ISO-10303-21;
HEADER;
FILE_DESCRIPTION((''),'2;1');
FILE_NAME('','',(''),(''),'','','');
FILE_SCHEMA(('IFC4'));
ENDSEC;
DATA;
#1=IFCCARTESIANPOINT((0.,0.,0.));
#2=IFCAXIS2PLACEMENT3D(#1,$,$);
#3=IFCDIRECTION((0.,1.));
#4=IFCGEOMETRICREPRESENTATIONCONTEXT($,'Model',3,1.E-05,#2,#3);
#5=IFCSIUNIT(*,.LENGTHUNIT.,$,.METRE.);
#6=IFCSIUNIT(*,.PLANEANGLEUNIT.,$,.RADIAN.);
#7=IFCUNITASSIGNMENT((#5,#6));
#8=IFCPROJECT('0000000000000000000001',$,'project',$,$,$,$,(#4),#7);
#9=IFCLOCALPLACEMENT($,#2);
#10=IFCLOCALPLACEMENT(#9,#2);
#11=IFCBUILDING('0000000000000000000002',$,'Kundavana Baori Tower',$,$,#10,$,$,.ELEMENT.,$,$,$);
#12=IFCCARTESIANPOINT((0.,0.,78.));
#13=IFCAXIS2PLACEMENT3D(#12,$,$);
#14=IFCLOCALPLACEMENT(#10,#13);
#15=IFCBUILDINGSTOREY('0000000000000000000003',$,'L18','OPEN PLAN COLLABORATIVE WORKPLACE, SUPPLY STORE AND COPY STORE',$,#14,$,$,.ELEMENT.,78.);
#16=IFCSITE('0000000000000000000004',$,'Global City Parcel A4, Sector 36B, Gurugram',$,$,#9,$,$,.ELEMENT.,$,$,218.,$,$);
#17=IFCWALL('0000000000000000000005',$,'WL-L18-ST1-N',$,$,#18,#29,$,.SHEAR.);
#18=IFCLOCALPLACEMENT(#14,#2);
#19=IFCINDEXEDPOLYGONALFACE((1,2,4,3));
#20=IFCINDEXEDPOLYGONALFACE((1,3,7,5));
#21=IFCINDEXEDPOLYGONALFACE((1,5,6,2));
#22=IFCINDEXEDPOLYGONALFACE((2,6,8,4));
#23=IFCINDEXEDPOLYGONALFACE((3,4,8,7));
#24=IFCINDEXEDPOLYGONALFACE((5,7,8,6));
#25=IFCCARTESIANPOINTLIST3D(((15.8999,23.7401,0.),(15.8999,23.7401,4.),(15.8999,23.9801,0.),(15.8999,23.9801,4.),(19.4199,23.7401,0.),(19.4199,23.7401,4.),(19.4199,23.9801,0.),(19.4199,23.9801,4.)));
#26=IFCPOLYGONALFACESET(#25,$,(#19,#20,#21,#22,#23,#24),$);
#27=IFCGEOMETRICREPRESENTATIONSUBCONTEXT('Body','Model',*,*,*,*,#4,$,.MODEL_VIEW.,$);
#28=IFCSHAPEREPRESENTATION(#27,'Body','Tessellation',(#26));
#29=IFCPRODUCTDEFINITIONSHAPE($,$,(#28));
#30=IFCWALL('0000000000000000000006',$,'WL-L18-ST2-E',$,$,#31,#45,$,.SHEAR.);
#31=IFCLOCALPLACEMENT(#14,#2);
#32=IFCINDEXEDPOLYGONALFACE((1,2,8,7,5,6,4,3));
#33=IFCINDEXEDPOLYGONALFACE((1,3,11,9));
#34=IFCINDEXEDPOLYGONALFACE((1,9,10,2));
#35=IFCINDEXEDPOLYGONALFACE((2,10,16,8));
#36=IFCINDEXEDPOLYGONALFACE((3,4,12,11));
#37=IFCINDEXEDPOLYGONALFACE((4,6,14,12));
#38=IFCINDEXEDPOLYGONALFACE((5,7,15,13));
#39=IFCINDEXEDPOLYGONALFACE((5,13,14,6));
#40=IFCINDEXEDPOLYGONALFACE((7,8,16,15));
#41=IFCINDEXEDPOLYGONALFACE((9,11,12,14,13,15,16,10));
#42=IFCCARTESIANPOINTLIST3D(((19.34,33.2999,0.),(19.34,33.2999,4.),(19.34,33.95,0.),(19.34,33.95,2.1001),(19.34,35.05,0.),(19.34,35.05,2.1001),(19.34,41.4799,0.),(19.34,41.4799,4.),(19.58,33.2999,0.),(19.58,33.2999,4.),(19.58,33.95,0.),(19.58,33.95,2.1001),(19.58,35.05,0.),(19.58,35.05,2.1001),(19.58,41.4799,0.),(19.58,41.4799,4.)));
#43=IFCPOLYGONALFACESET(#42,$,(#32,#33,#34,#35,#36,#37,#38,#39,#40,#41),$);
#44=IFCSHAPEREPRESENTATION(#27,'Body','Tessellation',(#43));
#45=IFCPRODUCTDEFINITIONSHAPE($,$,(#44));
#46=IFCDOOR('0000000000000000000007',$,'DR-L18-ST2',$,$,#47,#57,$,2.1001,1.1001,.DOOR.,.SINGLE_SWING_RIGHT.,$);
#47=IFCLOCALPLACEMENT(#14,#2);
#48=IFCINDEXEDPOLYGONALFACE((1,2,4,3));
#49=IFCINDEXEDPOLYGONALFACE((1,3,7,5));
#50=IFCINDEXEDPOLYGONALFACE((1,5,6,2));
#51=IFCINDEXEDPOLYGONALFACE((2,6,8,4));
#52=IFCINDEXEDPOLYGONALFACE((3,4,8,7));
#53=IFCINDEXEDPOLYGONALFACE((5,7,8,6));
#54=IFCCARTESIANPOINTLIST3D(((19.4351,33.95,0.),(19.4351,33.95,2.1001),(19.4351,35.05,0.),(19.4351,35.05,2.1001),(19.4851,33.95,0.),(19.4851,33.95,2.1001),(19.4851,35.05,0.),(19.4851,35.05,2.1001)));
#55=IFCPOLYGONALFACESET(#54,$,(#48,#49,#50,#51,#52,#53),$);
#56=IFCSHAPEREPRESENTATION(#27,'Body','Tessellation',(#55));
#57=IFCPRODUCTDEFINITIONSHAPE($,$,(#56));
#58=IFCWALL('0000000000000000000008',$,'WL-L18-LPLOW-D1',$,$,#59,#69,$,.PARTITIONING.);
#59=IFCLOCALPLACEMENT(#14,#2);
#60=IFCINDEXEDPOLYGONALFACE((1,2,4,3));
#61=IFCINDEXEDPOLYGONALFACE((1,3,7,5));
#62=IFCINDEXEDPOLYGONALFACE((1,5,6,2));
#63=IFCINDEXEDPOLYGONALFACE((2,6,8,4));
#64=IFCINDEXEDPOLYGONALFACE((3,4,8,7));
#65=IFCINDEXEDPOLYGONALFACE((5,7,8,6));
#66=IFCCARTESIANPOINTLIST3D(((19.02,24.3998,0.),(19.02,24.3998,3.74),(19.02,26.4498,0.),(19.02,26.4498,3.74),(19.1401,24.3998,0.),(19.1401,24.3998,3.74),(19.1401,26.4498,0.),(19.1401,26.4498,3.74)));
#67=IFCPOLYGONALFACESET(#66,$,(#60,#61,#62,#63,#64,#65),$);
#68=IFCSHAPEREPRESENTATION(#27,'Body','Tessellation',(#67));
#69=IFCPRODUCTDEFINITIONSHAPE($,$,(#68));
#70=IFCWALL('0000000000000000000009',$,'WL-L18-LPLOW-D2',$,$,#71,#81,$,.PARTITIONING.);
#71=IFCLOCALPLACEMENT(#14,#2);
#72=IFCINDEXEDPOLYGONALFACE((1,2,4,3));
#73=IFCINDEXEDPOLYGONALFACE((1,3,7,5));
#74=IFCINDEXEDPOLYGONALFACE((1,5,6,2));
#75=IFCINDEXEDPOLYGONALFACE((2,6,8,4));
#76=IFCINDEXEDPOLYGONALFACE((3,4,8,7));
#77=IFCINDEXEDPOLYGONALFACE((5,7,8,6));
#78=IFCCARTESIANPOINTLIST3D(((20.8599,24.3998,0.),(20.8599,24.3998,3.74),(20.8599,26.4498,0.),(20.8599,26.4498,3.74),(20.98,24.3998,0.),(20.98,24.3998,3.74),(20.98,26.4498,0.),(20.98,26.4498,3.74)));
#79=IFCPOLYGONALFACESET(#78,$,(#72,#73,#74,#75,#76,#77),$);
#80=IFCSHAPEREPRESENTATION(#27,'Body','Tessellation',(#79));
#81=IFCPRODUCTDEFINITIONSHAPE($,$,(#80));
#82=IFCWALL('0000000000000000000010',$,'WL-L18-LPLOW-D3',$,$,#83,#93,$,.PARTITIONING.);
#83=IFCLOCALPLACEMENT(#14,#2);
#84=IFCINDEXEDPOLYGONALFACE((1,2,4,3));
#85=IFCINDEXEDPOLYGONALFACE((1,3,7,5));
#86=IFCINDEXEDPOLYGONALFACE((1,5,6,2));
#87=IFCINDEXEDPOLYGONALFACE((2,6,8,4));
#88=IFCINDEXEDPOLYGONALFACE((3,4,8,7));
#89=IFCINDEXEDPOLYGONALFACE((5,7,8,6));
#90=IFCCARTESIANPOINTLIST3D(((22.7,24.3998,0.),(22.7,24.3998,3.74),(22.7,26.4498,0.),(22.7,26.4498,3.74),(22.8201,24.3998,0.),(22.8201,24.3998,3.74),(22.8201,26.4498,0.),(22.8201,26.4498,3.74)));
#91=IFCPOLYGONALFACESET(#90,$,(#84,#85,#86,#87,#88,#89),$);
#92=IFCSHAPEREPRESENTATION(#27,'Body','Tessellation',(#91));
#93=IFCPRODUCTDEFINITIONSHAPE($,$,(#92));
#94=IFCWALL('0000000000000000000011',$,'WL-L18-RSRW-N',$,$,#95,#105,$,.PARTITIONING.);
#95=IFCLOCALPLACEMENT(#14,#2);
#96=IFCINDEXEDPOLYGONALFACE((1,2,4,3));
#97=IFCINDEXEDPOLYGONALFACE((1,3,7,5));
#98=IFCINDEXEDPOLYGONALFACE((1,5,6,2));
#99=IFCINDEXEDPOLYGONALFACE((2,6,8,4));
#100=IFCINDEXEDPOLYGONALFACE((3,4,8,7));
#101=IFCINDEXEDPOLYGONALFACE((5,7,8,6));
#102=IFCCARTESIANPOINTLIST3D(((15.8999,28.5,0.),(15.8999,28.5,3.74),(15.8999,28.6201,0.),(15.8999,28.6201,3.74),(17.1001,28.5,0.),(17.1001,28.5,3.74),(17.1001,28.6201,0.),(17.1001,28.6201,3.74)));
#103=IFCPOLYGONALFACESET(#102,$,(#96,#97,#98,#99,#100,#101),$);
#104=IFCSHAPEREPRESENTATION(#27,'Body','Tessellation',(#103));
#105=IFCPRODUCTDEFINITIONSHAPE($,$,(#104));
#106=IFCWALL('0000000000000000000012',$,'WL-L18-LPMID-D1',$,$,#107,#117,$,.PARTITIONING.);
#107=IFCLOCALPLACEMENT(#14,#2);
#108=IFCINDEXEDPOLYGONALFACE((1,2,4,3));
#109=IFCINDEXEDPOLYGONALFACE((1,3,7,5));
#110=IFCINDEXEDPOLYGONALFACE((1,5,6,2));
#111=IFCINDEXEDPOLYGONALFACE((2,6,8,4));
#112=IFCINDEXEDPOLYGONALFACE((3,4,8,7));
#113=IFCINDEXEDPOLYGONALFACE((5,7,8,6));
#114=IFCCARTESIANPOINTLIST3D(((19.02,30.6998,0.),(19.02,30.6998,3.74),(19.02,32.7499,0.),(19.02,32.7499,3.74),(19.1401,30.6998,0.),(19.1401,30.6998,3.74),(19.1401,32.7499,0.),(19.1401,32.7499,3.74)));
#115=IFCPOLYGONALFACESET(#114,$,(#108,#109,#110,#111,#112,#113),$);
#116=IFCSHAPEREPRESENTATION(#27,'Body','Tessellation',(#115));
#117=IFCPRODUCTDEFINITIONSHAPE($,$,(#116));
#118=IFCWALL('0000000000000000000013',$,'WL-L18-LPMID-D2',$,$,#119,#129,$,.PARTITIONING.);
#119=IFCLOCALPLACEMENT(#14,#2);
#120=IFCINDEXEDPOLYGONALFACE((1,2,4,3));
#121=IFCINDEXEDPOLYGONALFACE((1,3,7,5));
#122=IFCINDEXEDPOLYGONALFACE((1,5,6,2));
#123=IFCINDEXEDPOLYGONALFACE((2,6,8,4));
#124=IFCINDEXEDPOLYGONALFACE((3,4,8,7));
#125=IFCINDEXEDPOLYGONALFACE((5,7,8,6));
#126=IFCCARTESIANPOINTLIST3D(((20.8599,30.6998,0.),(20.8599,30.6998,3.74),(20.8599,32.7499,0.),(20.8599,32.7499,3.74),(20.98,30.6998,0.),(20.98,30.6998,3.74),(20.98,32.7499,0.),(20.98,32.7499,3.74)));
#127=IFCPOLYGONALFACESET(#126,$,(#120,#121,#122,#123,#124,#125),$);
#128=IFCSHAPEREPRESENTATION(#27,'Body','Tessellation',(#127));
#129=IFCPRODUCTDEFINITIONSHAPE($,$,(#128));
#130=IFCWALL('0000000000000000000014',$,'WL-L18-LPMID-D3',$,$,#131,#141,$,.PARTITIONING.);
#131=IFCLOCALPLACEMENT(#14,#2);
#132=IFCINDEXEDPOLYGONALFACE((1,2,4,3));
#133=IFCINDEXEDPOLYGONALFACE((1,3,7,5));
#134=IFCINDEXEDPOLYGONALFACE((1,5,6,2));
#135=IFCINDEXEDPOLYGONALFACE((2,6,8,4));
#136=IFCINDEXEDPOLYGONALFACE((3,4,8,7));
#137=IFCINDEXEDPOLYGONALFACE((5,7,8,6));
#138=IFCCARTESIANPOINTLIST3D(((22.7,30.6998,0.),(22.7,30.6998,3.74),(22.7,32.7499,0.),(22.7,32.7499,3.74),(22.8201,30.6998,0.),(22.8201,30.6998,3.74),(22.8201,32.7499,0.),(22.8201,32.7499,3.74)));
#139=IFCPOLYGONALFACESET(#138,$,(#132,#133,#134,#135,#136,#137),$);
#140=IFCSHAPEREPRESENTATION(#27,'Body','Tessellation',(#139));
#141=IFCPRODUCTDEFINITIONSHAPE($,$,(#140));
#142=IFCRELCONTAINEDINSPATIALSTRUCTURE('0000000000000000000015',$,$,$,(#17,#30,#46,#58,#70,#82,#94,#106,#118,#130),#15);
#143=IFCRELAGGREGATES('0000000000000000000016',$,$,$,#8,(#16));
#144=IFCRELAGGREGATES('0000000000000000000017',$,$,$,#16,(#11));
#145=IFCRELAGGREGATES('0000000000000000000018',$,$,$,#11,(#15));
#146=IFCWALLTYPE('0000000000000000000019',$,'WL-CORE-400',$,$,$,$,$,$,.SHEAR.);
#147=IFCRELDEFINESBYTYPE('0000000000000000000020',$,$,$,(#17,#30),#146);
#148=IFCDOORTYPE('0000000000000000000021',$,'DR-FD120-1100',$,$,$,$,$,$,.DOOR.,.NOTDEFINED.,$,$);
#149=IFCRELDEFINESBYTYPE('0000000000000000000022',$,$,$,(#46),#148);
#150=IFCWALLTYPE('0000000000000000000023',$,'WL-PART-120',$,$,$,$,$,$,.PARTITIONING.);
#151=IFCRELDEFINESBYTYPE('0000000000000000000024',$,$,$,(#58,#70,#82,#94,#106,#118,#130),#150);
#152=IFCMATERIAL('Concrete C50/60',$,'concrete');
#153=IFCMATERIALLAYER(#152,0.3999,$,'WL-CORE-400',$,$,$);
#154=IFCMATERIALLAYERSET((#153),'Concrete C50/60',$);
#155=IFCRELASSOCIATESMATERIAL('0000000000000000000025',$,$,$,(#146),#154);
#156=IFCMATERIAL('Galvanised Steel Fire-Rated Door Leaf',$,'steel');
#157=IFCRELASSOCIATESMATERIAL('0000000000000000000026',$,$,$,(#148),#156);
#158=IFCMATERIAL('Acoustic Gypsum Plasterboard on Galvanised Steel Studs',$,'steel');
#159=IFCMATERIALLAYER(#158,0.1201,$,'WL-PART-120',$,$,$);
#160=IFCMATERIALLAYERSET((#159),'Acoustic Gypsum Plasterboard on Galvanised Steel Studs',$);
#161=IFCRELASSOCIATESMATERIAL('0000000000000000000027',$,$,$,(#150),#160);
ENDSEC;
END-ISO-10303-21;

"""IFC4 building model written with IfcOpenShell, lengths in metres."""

from ifc_helpers import new_model, si_unit, direction, frame, frame_2d, origin, place, context, subcontext, project, spatial, rectangle, extrude, material, layer, layer_set, type_object, element, fill, save


model = new_model("IFC4")

# Units and contexts
model_context = context("Model", 3, precision=1e-05, world=origin(), true_north=direction((0.0, 1.0)))
body_context = subcontext(model_context, "Body", "Model", "MODEL_VIEW")
ifc_project = project(units=[si_unit("LENGTHUNIT", "METRE"), si_unit("PLANEANGLEUNIT", "RADIAN")], contexts=[model_context])

# Site, building, storey
site_placement = place(None, origin())
site = spatial("IfcSite", under=ifc_project, at=site_placement, Name="Global City Parcel A4, Sector 36B, Gurugram", CompositionType="ELEMENT", RefElevation=218.0)
building_placement = place(site_placement, origin())
building = spatial("IfcBuilding", under=site, at=building_placement, Name="Kundavana Baori Tower", CompositionType="ELEMENT")
storey_placement = place(building_placement, frame((0.0, 0.0, 78.0)))
storey = spatial("IfcBuildingStorey", under=building, at=storey_placement, Name="L18", Description="OPEN PLAN COLLABORATIVE WORKPLACE, SUPPLY STORE AND COPY STORE", CompositionType="ELEMENT", Elevation=78.0)

# Wall
ifc_material_1 = material(Name="Concrete C50/60", Category="concrete")
ifc_layer_1 = layer(ifc_material_1, 0.3999, Name="WL-CORE-400")
ifc_layer_set_1 = layer_set([ifc_layer_1], Name="Concrete C50/60")
wall_type_1 = type_object("IfcWallType", Name="WL-CORE-400", PredefinedType="SHEAR", material=ifc_layer_set_1)
wall_1_placement = place(storey_placement, frame((15.8999, 23.8601, 0.0), z_axis=(0.0, 0.0, 1.0), x_axis=(1.0, 0.0, 0.0)))
element("IfcWall", 1, at=wall_1_placement, inside=storey, type_object=wall_type_1, Name="WL-L18-ST1-N", PredefinedType="SHEAR", context=body_context, shape_type="SweptSolid", body=[
    extrude(rectangle(XDim=3.52, YDim=0.24, at=frame_2d((1.76, 0.0))), origin(), (0.0, 0.0, 1.0), 4.0),
])

# Wall, opening, door
wall_2_placement = place(storey_placement, frame((19.46, 33.3, 0.0), z_axis=(0.0, 0.0, 1.0), x_axis=(0.0, 1.0, 0.0)))
wall_2 = element("IfcWall", 2, at=wall_2_placement, inside=storey, type_object=wall_type_1, Name="WL-L18-ST2-E", PredefinedType="SHEAR", context=body_context, shape_type="SweptSolid", body=[
    extrude(rectangle(XDim=8.1799, YDim=0.24, at=frame_2d((4.0898, 0.0))), origin(), (0.0, 0.0, 1.0), 4.0),
])
opening_1_placement = place(wall_2_placement, frame((0.6499, 0.0, 0.0)))
opening_1 = element("IfcOpeningElement", 3, at=opening_1_placement, cuts=wall_2, PredefinedType="OPENING", context=body_context, shape_type="SweptSolid", body=[
    extrude(rectangle(XDim=1.1001, YDim=2.1001, at=frame_2d((0.55, 1.05))), frame((0.0, 0.1299, 0.0), z_axis=(0.0, -1.0, 0.0), x_axis=(1.0, 0.0, 0.0)), (0.0, 0.0, 1.0), 0.26),
])
ifc_material_2 = material(Name="Galvanised Steel Fire-Rated Door Leaf", Category="steel")
door_type_1 = type_object("IfcDoorType", Name="DR-FD120-1100", OperationType="NOTDEFINED", PredefinedType="DOOR", material=ifc_material_2)
door_1_placement = place(opening_1_placement, origin())
door_1 = element("IfcDoor", 4, at=door_1_placement, inside=storey, type_object=door_type_1, Name="DR-L18-ST2", OperationType="SINGLE_SWING_RIGHT", OverallHeight=2.1001, OverallWidth=1.1001, PredefinedType="DOOR", context=body_context, shape_type="SweptSolid", body=[
    extrude(rectangle(XDim=1.1001, YDim=2.1001, at=frame_2d((0.55, 1.05))), frame((0.0, 0.0249, 0.0), z_axis=(0.0, -1.0, 0.0), x_axis=(1.0, 0.0, 0.0)), (0.0, 0.0, 1.0), 0.05),
])
fill(opening_1, door_1)

# Walls
ifc_material_3 = material(Name="Acoustic Gypsum Plasterboard on Galvanised Steel Studs", Category="steel")
ifc_layer_2 = layer(ifc_material_3, 0.1201, Name="WL-PART-120")
ifc_layer_set_2 = layer_set([ifc_layer_2], Name="Acoustic Gypsum Plasterboard on Galvanised Steel Studs")
wall_type_2 = type_object("IfcWallType", Name="WL-PART-120", PredefinedType="PARTITIONING", material=ifc_layer_set_2)
for number, where, z_axis, x_axis, name in (
    (5, (19.0801, 24.3999, 0.0), (0.0, 0.0, 1.0), (0.0, 1.0, 0.0), "WL-L18-LPLOW-D1"),
    (6, (20.9199, 24.3999, 0.0), (0.0, 0.0, 1.0), (0.0, 1.0, 0.0), "WL-L18-LPLOW-D2"),
    (7, (22.76, 24.3999, 0.0), (0.0, 0.0, 1.0), (0.0, 1.0, 0.0), "WL-L18-LPLOW-D3"),
):
    element("IfcWall", number, at=place(storey_placement, frame(where, z_axis=z_axis, x_axis=x_axis)), inside=storey, type_object=wall_type_2, Name=name, PredefinedType="PARTITIONING", context=body_context, shape_type="SweptSolid", body=[
        extrude(rectangle(XDim=2.05, YDim=0.1201, at=frame_2d((1.0249, 0.0))), origin(), (0.0, 0.0, 1.0), 3.74),
    ])
wall_3_placement = place(storey_placement, frame((15.8999, 28.5601, 0.0), z_axis=(0.0, 0.0, 1.0), x_axis=(1.0, 0.0, 0.0)))
element("IfcWall", 8, at=wall_3_placement, inside=storey, type_object=wall_type_2, Name="WL-L18-RSRW-N", PredefinedType="PARTITIONING", context=body_context, shape_type="SweptSolid", body=[
    extrude(rectangle(XDim=1.2002, YDim=0.1201, at=frame_2d((0.6001, 0.0))), origin(), (0.0, 0.0, 1.0), 3.74),
])
for number, where, z_axis, x_axis, name in (
    (9, (19.0801, 30.7, 0.0), (0.0, 0.0, 1.0), (0.0, 1.0, 0.0), "WL-L18-LPMID-D1"),
    (10, (20.9199, 30.7, 0.0), (0.0, 0.0, 1.0), (0.0, 1.0, 0.0), "WL-L18-LPMID-D2"),
    (11, (22.76, 30.7, 0.0), (0.0, 0.0, 1.0), (0.0, 1.0, 0.0), "WL-L18-LPMID-D3"),
):
    element("IfcWall", number, at=place(storey_placement, frame(where, z_axis=z_axis, x_axis=x_axis)), inside=storey, type_object=wall_type_2, Name=name, PredefinedType="PARTITIONING", context=body_context, shape_type="SweptSolid", body=[
        extrude(rectangle(XDim=2.05, YDim=0.1201, at=frame_2d((1.0249, 0.0))), origin(), (0.0, 0.0, 1.0), 3.74),
    ])

save(model, "model.ifc")
